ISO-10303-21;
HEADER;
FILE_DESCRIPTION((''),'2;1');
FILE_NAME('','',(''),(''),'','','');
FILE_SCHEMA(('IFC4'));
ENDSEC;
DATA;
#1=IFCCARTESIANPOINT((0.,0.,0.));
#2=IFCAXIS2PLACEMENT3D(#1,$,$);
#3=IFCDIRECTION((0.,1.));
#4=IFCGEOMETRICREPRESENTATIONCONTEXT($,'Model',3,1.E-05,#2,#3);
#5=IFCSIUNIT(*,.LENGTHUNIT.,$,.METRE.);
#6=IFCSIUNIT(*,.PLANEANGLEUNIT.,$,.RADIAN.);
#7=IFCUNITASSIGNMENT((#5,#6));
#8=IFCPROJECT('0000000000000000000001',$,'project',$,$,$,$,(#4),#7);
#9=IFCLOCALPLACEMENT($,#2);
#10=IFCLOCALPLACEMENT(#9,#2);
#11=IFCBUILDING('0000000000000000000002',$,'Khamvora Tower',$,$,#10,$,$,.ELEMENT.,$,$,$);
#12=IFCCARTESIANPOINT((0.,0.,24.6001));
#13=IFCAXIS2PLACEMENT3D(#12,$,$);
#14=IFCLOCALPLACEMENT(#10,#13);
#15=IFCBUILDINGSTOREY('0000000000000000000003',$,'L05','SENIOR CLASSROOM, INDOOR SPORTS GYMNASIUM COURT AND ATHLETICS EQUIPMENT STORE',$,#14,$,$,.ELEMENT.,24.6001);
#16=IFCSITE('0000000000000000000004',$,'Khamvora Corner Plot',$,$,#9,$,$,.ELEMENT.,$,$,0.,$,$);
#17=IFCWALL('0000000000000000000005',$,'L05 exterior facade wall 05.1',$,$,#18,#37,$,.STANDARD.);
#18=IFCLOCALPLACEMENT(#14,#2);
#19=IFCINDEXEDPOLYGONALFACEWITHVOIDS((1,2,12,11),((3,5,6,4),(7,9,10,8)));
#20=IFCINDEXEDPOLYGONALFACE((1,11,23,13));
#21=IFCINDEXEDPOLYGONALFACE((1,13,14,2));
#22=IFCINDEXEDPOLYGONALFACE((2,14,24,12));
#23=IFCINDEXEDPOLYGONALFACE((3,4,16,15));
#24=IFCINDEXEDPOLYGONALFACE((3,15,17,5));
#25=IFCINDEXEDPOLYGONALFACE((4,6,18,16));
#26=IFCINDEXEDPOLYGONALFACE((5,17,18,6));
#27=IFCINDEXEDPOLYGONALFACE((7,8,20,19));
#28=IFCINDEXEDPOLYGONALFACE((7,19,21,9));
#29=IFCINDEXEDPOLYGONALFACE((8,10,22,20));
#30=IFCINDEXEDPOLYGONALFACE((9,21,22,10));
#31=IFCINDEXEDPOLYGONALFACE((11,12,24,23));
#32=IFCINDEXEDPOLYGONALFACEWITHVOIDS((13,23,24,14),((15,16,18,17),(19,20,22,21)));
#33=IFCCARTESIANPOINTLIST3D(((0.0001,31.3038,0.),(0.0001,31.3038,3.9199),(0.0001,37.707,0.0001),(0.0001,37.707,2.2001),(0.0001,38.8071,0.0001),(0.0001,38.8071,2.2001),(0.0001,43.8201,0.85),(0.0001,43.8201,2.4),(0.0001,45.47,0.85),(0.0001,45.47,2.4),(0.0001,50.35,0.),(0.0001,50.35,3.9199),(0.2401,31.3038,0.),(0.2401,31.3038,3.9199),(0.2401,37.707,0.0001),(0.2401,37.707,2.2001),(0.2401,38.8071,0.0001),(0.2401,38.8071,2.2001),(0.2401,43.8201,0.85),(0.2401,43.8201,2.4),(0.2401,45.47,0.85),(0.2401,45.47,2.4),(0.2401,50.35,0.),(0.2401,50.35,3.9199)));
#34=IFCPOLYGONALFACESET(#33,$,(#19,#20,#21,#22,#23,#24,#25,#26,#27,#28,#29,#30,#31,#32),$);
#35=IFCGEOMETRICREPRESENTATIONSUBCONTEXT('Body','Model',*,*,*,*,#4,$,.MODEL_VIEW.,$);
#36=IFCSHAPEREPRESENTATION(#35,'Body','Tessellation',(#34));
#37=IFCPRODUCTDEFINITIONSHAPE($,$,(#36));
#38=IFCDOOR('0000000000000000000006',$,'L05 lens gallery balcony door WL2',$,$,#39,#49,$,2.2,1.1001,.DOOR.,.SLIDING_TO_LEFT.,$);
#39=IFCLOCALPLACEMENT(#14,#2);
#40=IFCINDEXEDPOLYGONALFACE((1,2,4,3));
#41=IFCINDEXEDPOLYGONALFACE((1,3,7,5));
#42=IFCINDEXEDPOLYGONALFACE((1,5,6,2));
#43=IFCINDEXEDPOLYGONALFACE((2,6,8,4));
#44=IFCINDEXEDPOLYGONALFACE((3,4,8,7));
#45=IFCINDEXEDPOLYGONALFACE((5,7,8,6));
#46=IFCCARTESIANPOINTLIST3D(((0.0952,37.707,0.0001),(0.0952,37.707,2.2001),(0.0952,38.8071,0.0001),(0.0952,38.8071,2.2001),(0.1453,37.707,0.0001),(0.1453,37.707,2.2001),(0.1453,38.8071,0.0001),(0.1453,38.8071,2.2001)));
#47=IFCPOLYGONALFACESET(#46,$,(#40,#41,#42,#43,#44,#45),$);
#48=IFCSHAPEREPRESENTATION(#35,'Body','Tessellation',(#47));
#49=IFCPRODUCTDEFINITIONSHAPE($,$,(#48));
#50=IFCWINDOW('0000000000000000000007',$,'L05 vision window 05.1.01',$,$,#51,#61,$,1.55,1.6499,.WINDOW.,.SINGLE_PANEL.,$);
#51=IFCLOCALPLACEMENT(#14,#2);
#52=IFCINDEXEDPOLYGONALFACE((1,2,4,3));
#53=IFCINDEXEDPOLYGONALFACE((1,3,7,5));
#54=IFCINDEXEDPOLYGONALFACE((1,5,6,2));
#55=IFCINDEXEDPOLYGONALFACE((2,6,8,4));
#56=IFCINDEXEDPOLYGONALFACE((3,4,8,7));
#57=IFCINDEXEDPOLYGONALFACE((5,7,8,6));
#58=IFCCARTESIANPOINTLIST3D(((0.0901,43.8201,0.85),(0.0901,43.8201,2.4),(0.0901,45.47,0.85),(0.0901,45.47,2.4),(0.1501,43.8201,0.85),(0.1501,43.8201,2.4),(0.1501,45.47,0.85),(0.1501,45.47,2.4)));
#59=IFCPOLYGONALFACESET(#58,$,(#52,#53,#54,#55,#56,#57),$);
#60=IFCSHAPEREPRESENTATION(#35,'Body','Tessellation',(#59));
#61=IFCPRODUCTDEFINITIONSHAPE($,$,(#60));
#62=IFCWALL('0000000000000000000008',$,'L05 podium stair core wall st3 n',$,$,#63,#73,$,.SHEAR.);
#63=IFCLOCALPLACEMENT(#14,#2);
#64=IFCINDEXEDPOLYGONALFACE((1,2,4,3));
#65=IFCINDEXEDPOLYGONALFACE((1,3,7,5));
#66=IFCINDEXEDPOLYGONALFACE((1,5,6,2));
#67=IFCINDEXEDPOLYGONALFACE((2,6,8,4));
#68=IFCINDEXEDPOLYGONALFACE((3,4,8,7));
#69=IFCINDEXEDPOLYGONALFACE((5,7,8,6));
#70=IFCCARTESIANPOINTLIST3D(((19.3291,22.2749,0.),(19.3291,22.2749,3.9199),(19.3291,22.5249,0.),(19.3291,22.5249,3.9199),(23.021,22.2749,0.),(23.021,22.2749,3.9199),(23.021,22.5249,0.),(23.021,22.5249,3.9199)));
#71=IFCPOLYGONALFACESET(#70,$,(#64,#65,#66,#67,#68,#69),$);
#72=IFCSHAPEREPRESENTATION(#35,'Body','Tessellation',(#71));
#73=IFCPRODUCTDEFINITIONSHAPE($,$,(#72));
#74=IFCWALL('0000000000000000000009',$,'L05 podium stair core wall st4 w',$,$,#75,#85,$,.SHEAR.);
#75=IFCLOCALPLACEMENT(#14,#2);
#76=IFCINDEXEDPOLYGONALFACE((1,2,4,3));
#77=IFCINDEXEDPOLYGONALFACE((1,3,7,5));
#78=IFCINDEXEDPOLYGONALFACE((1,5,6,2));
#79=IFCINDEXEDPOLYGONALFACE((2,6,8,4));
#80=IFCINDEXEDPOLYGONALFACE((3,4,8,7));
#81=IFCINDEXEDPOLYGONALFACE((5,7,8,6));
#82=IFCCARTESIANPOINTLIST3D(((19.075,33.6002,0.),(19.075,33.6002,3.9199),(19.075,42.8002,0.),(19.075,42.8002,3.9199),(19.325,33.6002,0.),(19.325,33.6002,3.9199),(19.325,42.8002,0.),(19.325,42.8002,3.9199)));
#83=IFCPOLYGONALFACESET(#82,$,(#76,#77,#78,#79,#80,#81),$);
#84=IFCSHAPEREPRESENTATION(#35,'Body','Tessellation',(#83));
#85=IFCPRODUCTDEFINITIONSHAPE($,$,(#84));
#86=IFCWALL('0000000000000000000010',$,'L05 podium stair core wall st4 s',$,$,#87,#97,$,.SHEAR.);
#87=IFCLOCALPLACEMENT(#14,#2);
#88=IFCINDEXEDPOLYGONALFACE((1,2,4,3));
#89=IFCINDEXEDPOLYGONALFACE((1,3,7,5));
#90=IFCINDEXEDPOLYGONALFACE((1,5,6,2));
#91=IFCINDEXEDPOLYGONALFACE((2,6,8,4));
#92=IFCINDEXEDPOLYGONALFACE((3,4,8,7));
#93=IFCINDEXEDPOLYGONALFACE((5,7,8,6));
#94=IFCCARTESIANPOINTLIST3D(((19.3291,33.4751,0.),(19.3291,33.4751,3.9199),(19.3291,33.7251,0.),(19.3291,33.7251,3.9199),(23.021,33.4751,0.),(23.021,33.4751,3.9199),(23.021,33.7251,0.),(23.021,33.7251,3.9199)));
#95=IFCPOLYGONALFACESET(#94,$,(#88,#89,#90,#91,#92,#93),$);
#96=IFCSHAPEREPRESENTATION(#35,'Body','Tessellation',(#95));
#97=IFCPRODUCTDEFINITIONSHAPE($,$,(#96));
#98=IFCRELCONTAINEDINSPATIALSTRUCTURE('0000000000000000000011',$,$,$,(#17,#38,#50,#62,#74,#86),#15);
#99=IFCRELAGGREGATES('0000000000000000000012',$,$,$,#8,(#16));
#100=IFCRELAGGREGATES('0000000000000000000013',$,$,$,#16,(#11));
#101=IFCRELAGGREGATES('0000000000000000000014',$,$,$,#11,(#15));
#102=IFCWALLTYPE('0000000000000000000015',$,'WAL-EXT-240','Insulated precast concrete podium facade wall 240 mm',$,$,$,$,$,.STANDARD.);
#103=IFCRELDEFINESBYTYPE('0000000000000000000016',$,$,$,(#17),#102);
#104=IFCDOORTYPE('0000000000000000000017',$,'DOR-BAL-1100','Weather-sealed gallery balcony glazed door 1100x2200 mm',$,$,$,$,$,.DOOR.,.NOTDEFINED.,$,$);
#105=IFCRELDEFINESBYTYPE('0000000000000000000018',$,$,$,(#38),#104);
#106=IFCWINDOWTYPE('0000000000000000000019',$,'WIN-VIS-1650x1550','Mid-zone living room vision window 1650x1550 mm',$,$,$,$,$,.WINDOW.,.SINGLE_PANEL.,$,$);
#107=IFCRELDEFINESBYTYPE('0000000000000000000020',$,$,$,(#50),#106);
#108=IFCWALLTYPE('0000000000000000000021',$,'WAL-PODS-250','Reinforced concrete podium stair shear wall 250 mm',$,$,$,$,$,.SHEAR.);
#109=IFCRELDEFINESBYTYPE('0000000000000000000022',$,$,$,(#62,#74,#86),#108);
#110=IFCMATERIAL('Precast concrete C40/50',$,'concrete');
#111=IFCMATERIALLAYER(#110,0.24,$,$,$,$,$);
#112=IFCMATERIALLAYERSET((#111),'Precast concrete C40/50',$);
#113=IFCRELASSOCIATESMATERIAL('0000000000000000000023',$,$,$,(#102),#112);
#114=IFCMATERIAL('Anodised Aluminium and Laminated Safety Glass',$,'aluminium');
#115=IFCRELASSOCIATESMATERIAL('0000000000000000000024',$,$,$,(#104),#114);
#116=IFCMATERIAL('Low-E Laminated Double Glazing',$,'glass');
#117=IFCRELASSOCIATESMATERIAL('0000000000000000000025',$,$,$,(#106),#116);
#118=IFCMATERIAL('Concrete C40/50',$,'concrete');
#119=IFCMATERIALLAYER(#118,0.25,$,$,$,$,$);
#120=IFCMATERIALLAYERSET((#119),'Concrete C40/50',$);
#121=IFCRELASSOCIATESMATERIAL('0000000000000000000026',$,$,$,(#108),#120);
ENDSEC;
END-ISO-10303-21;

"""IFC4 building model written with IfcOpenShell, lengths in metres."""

from ifc_helpers import new_model, si_unit, direction, frame, frame_2d, origin, place, context, subcontext, project, spatial, rectangle, extrude, material, layer, layer_set, type_object, element, fill, save


model = new_model("IFC4")

# Units and contexts
model_context = context("Model", 3, precision=1e-05, world=origin(), true_north=direction((0.0, 1.0)))
body_context = subcontext(model_context, "Body", "Model", "MODEL_VIEW")
ifc_project = project(units=[si_unit("LENGTHUNIT", "METRE"), si_unit("PLANEANGLEUNIT", "RADIAN")], contexts=[model_context])

# Site, building, storey
site_placement = place(None, origin())
site = spatial("IfcSite", under=ifc_project, at=site_placement, Name="Khamvora Corner Plot", CompositionType="ELEMENT", RefElevation=0.0)
building_placement = place(site_placement, origin())
building = spatial("IfcBuilding", under=site, at=building_placement, Name="Khamvora Tower", CompositionType="ELEMENT")
storey_placement = place(building_placement, frame((0.0, 0.0, 24.6001)))
storey = spatial("IfcBuildingStorey", under=building, at=storey_placement, Name="L05", Description="SENIOR CLASSROOM, INDOOR SPORTS GYMNASIUM COURT AND ATHLETICS EQUIPMENT STORE", CompositionType="ELEMENT", Elevation=24.6001)

# Shared definitions
ifc_material_1 = material(Name="Precast concrete C40/50", Category="concrete")
ifc_layer_1 = layer(ifc_material_1, 0.24)
ifc_layer_set_1 = layer_set([ifc_layer_1], Name="Precast concrete C40/50")
wall_type_1 = type_object("IfcWallType", Name="WAL-EXT-240", Description="Insulated precast concrete podium facade wall 240 mm", PredefinedType="STANDARD", material=ifc_layer_set_1)

# Wall, openings, door, window
wall_1_placement = place(storey_placement, frame((0.1201, 31.304, 0.0), z_axis=(0.0, 0.0, 1.0), x_axis=(0.0, 1.0, 0.0)))
wall_1 = element("IfcWall", 1, at=wall_1_placement, inside=storey, type_object=wall_type_1, Name="L05 exterior facade wall 05.1", PredefinedType="STANDARD", context=body_context, shape_type="SweptSolid", body=[
    extrude(rectangle(XDim=19.0461, YDim=0.24, at=frame_2d((9.5229, 0.0))), origin(), (0.0, 0.0, 1.0), 3.9199),
])
opening_1_placement = place(wall_1_placement, frame((6.4031, 0.0, 0.0)))
opening_1 = element("IfcOpeningElement", 2, at=opening_1_placement, cuts=wall_1, PredefinedType="OPENING", context=body_context, shape_type="SweptSolid", body=[
    extrude(rectangle(XDim=1.1001, YDim=2.2, at=frame_2d((0.55, 1.1001))), frame((0.0, 0.1299, 0.0), z_axis=(0.0, -1.0, 0.0), x_axis=(1.0, 0.0, 0.0)), (0.0, 0.0, 1.0), 0.26),
])
opening_2_placement = place(wall_1_placement, frame((12.5161, 0.0, 0.8501)))
opening_2 = element("IfcOpeningElement", 3, at=opening_2_placement, cuts=wall_1, PredefinedType="OPENING", context=body_context, shape_type="SweptSolid", body=[
    extrude(rectangle(XDim=1.6499, YDim=1.55, at=frame_2d((0.825, 0.7749))), frame((0.0, 0.1299, 0.0), z_axis=(0.0, -1.0, 0.0), x_axis=(1.0, 0.0, 0.0)), (0.0, 0.0, 1.0), 0.26),
])
ifc_material_2 = material(Name="Anodised Aluminium and Laminated Safety Glass", Category="aluminium")
door_type_1 = type_object("IfcDoorType", Name="DOR-BAL-1100", Description="Weather-sealed gallery balcony glazed door 1100x2200 mm", OperationType="NOTDEFINED", PredefinedType="DOOR", material=ifc_material_2)
door_1_placement = place(opening_1_placement, origin())
door_1 = element("IfcDoor", 4, at=door_1_placement, inside=storey, type_object=door_type_1, Name="L05 lens gallery balcony door WL2", OperationType="SLIDING_TO_LEFT", OverallHeight=2.2, OverallWidth=1.1001, PredefinedType="DOOR", context=body_context, shape_type="SweptSolid", body=[
    extrude(rectangle(XDim=1.1001, YDim=2.2, at=frame_2d((0.55, 1.1001))), frame((0.0, 0.0249, 0.0), z_axis=(0.0, -1.0, 0.0), x_axis=(1.0, 0.0, 0.0)), (0.0, 0.0, 1.0), 0.05),
])
fill(opening_1, door_1)
ifc_material_3 = material(Name="Low-E Laminated Double Glazing", Category="glass")
window_type = type_object("IfcWindowType", Name="WIN-VIS-1650x1550", Description="Mid-zone living room vision window 1650x1550 mm", PartitioningType="SINGLE_PANEL", PredefinedType="WINDOW", material=ifc_material_3)
window_placement = place(opening_2_placement, origin())
window = element("IfcWindow", 5, at=window_placement, inside=storey, type_object=window_type, Name="L05 vision window 05.1.01", OverallHeight=1.55, OverallWidth=1.6499, PartitioningType="SINGLE_PANEL", PredefinedType="WINDOW", context=body_context, shape_type="SweptSolid", body=[
    extrude(rectangle(XDim=1.6499, YDim=1.55, at=frame_2d((0.825, 0.7749))), frame((0.0, 0.03, 0.0), z_axis=(0.0, -1.0, 0.0), x_axis=(1.0, 0.0, 0.0)), (0.0, 0.0, 1.0), 0.0601),
])
fill(opening_2, window)

# Walls
ifc_material_4 = material(Name="Concrete C40/50", Category="concrete")
ifc_layer_2 = layer(ifc_material_4, 0.25)
ifc_layer_set_2 = layer_set([ifc_layer_2], Name="Concrete C40/50")
wall_type_2 = type_object("IfcWallType", Name="WAL-PODS-250", Description="Reinforced concrete podium stair shear wall 250 mm", PredefinedType="SHEAR", material=ifc_layer_set_2)
wall_2_placement = place(storey_placement, frame((19.3291, 22.3999, 0.0), z_axis=(0.0, 0.0, 1.0), x_axis=(1.0, 0.0, 0.0)))
element("IfcWall", 6, at=wall_2_placement, inside=storey, type_object=wall_type_2, Name="L05 podium stair core wall st3 n", PredefinedType="SHEAR", context=body_context, shape_type="SweptSolid", body=[
    extrude(rectangle(XDim=3.6919, YDim=0.25, at=frame_2d((1.8459, 0.0))), origin(), (0.0, 0.0, 1.0), 3.9199),
])
wall_3_placement = place(storey_placement, frame((19.2, 33.6001, 0.0), z_axis=(0.0, 0.0, 1.0), x_axis=(0.0, 1.0, 0.0)))
element("IfcWall", 7, at=wall_3_placement, inside=storey, type_object=wall_type_2, Name="L05 podium stair core wall st4 w", PredefinedType="SHEAR", context=body_context, shape_type="SweptSolid", body=[
    extrude(rectangle(XDim=9.2, YDim=0.25, at=frame_2d((4.6001, 0.0))), origin(), (0.0, 0.0, 1.0), 3.9199),
])
wall_4_placement = place(storey_placement, frame((19.3291, 33.6001, 0.0), z_axis=(0.0, 0.0, 1.0), x_axis=(1.0, 0.0, 0.0)))
element("IfcWall", 8, at=wall_4_placement, inside=storey, type_object=wall_type_2, Name="L05 podium stair core wall st4 s", PredefinedType="SHEAR", context=body_context, shape_type="SweptSolid", body=[
    extrude(rectangle(XDim=3.6919, YDim=0.25, at=frame_2d((1.8459, 0.0))), origin(), (0.0, 0.0, 1.0), 3.9199),
])

save(model, "model.ifc")
